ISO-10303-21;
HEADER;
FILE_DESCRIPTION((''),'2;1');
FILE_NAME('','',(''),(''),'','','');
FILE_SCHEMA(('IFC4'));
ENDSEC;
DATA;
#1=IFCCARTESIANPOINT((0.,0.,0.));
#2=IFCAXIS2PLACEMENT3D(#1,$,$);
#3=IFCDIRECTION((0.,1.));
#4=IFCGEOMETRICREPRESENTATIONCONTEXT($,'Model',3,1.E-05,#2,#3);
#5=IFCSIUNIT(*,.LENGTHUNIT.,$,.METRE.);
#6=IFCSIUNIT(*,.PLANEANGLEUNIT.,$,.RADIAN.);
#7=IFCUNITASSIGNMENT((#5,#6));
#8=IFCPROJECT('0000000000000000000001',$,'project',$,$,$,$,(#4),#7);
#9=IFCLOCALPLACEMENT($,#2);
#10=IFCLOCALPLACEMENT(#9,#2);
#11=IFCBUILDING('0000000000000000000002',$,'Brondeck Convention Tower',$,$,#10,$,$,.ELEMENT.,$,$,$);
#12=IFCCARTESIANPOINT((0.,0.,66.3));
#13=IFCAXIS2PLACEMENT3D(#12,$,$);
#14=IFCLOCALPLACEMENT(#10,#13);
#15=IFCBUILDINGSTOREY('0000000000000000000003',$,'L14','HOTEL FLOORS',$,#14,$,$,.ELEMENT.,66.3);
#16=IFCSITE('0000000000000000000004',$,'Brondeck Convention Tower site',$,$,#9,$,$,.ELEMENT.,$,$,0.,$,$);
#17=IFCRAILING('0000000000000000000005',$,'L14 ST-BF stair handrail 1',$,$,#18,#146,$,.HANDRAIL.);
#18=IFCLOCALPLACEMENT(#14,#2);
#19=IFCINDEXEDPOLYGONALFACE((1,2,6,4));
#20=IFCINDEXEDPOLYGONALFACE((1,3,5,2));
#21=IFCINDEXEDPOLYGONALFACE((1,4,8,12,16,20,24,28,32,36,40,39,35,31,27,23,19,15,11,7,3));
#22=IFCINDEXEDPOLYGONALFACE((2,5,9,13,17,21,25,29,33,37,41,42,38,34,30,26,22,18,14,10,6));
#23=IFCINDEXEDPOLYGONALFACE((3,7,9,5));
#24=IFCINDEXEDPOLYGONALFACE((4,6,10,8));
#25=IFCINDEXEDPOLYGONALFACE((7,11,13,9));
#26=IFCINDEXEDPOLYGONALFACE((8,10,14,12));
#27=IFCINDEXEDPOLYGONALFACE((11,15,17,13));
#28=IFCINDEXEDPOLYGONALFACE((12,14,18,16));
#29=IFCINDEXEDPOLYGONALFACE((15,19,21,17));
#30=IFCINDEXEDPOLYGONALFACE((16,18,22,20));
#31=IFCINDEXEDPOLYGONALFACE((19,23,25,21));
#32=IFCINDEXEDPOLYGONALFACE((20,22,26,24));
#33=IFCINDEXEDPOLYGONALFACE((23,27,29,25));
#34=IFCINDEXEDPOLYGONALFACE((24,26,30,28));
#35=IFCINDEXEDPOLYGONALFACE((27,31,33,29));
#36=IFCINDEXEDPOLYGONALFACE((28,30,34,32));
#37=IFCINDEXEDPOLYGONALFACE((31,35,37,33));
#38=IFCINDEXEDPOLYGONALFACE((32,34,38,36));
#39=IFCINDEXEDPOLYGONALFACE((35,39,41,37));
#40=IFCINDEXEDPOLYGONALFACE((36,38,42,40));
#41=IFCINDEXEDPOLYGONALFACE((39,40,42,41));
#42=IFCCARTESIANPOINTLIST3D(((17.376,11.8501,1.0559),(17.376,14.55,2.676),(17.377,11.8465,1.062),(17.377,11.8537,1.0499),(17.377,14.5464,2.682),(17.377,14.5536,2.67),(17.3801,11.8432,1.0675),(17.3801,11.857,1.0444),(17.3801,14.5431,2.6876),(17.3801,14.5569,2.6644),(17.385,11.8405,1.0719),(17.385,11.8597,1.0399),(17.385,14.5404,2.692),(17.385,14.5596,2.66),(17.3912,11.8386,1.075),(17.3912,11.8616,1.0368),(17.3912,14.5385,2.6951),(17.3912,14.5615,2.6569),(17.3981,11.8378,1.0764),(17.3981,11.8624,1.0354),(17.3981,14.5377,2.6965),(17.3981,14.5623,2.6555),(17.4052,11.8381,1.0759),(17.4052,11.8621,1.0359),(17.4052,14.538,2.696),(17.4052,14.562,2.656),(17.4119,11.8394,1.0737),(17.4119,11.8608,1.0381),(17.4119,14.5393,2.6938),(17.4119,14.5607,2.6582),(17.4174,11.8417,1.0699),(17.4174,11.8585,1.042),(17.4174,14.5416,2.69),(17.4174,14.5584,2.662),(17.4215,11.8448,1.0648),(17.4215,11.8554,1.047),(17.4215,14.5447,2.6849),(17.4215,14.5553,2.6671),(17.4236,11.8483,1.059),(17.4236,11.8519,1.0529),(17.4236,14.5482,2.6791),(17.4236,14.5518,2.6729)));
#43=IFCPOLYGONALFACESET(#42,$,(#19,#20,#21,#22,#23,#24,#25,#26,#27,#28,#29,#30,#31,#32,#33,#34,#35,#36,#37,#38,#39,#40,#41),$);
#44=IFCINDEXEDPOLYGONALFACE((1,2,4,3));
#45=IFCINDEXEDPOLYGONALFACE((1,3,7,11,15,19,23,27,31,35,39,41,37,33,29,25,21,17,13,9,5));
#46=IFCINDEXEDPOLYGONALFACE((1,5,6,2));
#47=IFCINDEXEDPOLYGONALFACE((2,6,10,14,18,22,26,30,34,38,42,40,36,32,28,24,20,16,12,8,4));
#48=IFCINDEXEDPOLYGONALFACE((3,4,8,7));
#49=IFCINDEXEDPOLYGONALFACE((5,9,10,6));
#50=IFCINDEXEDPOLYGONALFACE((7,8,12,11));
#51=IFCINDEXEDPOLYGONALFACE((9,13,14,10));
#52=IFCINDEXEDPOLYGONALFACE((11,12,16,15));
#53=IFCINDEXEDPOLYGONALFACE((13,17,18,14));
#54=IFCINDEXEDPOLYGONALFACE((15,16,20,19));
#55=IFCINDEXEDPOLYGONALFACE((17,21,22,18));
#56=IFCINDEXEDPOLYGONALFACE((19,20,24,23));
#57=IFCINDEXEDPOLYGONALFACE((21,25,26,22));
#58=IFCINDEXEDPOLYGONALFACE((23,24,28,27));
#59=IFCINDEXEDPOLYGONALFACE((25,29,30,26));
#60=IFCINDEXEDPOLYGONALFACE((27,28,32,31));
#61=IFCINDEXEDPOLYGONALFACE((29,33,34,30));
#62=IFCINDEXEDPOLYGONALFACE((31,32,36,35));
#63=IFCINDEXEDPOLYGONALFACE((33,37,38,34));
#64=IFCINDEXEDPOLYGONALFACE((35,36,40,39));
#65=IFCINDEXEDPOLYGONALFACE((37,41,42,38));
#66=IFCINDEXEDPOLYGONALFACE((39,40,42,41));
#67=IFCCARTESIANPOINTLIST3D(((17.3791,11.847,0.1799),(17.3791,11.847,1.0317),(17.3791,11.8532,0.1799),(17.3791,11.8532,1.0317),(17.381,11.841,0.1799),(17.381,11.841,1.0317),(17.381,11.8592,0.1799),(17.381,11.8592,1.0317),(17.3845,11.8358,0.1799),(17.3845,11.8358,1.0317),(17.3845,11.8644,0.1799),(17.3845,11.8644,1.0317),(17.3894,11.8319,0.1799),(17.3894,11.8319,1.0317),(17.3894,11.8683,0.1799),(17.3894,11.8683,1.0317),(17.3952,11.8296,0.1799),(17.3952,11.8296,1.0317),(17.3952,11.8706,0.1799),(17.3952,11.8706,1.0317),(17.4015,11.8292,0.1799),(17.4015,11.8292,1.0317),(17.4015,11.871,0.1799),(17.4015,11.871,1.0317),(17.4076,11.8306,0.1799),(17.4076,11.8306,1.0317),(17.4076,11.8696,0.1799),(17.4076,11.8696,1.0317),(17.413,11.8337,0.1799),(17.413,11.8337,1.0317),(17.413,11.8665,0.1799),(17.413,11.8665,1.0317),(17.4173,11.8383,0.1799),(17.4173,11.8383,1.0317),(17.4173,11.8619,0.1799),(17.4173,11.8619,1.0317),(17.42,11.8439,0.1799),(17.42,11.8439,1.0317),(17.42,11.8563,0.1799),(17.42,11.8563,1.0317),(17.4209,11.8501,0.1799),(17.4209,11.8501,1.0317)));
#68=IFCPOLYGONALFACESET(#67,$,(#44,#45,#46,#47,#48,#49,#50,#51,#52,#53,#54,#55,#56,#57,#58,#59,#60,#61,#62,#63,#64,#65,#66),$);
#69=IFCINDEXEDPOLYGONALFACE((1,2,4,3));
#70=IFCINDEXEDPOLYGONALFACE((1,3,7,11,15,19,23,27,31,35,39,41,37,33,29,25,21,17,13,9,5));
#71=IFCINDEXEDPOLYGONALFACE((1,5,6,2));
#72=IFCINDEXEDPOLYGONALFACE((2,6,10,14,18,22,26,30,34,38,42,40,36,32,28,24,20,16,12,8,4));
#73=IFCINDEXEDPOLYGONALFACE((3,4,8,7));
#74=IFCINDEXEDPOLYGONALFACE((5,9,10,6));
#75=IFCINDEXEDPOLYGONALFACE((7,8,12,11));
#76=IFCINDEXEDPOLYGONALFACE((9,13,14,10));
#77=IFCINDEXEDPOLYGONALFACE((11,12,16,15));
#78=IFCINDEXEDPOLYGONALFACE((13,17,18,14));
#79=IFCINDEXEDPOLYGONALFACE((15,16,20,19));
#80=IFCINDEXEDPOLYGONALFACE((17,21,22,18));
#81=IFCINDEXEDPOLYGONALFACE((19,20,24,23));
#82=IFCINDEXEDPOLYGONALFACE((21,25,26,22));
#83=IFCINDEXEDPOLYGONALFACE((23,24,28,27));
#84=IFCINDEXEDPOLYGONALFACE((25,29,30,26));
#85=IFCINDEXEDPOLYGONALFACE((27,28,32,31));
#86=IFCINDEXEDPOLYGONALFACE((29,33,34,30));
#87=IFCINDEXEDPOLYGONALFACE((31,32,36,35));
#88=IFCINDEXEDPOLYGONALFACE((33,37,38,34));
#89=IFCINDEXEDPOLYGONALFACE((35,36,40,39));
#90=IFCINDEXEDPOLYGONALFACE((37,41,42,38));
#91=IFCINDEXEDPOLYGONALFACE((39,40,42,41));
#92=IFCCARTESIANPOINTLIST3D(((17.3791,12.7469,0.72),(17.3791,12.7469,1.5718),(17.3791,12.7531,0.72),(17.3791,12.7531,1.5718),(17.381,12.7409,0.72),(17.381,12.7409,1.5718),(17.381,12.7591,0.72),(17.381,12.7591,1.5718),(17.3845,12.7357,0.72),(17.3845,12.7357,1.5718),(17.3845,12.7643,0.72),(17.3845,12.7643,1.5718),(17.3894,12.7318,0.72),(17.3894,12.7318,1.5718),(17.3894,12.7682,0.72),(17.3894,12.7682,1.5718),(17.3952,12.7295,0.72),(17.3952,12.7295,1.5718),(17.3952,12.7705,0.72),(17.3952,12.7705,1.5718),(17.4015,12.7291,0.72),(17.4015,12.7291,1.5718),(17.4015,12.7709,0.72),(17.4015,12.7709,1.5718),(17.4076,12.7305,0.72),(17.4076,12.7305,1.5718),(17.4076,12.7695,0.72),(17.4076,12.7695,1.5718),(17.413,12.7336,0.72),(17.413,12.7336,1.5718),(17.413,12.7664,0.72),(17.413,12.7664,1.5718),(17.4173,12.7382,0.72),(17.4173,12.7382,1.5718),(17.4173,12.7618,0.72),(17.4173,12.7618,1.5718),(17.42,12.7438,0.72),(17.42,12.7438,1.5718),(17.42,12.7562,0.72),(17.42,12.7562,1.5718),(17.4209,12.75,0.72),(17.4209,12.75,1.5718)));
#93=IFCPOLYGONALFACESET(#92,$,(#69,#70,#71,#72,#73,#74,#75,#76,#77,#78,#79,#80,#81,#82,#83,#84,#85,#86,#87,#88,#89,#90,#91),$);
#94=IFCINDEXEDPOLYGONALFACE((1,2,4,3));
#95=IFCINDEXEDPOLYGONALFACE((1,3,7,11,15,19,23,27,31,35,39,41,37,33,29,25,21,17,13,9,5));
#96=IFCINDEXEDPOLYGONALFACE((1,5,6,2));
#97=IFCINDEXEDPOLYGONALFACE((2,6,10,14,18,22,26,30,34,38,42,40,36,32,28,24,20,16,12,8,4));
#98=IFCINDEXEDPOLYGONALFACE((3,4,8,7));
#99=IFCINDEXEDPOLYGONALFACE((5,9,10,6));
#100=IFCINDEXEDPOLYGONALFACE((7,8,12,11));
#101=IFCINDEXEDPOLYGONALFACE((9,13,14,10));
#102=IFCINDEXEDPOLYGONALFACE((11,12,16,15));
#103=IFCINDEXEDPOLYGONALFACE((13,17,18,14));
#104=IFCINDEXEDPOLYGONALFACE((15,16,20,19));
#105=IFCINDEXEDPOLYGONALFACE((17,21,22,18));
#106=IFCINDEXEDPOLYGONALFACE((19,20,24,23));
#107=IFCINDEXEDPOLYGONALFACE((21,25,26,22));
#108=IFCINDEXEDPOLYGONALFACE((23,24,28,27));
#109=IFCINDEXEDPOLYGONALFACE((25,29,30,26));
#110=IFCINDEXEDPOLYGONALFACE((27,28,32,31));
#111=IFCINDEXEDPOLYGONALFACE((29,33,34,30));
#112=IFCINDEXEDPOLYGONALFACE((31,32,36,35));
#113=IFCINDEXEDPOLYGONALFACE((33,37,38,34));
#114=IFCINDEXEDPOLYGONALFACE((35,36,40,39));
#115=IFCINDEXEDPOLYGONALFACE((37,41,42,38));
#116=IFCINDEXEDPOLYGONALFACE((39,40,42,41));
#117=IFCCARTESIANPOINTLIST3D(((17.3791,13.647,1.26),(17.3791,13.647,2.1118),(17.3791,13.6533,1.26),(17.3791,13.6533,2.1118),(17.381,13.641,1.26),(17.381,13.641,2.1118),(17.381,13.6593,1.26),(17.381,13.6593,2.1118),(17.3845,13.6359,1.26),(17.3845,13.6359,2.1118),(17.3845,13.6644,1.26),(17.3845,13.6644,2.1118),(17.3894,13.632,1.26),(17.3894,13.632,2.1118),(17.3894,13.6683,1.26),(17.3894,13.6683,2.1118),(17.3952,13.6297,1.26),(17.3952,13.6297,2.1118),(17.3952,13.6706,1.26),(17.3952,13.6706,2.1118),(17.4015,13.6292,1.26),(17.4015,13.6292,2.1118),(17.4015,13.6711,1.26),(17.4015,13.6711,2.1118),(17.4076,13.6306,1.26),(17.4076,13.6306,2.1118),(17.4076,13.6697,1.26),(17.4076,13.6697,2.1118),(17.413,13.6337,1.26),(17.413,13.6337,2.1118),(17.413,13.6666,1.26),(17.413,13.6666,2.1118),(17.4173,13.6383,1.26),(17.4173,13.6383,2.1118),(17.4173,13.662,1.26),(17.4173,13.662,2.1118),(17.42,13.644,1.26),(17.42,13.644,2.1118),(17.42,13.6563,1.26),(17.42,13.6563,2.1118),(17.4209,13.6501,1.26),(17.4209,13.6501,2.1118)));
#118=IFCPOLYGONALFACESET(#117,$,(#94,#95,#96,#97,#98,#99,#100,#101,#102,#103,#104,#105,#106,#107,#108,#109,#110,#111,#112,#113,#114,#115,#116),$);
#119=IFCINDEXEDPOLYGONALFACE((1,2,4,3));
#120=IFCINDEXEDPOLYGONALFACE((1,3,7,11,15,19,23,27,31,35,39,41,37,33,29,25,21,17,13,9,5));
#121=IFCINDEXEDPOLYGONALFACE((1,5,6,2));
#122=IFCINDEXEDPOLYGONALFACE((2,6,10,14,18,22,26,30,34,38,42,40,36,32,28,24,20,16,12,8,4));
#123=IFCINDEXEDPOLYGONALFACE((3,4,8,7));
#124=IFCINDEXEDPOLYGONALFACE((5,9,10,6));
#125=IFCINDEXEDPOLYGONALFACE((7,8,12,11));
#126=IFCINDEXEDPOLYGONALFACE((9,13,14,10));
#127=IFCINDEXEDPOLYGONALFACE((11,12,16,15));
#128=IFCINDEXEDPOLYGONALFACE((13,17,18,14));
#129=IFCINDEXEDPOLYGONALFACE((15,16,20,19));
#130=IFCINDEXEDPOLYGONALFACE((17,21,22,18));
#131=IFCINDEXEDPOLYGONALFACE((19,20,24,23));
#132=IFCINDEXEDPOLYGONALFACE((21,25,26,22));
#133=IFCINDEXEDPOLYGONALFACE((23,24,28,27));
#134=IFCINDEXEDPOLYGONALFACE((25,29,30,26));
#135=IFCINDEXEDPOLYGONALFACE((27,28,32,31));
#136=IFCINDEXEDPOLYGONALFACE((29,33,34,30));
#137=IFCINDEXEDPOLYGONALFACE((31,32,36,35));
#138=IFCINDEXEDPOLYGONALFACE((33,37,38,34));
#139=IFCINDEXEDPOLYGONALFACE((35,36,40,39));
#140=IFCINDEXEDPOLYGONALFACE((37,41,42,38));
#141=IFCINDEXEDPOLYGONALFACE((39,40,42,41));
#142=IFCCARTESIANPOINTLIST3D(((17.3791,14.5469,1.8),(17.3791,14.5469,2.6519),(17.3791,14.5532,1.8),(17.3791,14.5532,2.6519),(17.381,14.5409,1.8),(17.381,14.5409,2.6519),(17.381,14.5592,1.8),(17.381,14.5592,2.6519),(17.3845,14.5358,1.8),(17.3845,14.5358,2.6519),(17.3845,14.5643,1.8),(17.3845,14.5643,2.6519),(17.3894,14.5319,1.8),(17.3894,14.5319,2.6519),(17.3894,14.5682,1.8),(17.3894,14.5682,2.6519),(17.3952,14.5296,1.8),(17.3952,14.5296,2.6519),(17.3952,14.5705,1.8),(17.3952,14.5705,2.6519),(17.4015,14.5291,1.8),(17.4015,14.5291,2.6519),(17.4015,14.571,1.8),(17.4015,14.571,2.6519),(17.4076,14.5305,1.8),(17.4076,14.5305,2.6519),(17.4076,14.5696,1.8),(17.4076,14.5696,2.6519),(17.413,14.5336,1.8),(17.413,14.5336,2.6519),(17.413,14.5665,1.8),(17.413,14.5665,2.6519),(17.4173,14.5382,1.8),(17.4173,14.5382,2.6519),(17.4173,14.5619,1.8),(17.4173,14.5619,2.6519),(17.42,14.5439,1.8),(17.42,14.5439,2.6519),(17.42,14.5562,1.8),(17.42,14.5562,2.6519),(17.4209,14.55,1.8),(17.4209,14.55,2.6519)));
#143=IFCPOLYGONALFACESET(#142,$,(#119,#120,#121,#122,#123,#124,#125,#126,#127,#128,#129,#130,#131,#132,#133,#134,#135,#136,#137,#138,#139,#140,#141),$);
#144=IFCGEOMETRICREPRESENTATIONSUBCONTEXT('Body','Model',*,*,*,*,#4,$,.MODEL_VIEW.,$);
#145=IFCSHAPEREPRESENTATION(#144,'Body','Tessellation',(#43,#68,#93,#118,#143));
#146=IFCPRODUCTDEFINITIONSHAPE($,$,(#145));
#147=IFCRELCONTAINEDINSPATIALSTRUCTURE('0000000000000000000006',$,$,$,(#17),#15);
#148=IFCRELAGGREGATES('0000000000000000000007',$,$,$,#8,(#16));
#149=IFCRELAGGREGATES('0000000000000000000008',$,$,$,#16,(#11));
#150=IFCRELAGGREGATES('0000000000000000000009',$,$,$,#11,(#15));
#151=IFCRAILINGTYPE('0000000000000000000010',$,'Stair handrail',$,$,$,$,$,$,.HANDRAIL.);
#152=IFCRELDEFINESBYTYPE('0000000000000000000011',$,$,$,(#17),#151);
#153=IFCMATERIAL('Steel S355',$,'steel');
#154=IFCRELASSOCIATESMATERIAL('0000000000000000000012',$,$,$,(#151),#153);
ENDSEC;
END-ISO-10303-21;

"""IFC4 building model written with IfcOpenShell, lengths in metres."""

from ifc_helpers import new_model, si_unit, direction, frame, origin, origin_2d, place, context, subcontext, project, spatial, circle, extrude, material, type_object, element, save


model = new_model("IFC4")

# Units and contexts
model_context = context("Model", 3, precision=1e-05, world=origin(), true_north=direction((0.0, 1.0)))
body_context = subcontext(model_context, "Body", "Model", "MODEL_VIEW")
ifc_project = project(units=[si_unit("LENGTHUNIT", "METRE"), si_unit("PLANEANGLEUNIT", "RADIAN")], contexts=[model_context])

# Site, building, storey
site_placement = place(None, origin())
site = spatial("IfcSite", under=ifc_project, at=site_placement, Name="Brondeck Convention Tower site", CompositionType="ELEMENT", RefElevation=0.0)
building_placement = place(site_placement, origin())
building = spatial("IfcBuilding", under=site, at=building_placement, Name="Brondeck Convention Tower", CompositionType="ELEMENT")
storey_placement = place(building_placement, frame((0.0, 0.0, 66.3)))
storey = spatial("IfcBuildingStorey", under=building, at=storey_placement, Name="L14", Description="HOTEL FLOORS", CompositionType="ELEMENT", Elevation=66.3)

# Shared definitions
ifc_material_1 = material(Name="Steel S355", Category="steel")

# Railing
railing_type_1 = type_object("IfcRailingType", Name="Stair handrail", PredefinedType="HANDRAIL", material=ifc_material_1)
railing_1_placement = place(storey_placement, frame((17.3999, 11.8501, 0.1799)))
element("IfcRailing", 1, at=railing_1_placement, inside=storey, type_object=railing_type_1, Name="L14 ST-BF stair handrail 1", PredefinedType="HANDRAIL", context=body_context, shape_type="SweptSolid", body=[
    extrude(circle(Radius=0.0239, at=origin_2d()), frame((0.0, 0.0, 0.876), z_axis=(0.0, 0.857472, 0.51453), x_axis=(-1.0, 0.0, 0.0)), (0.0, 0.0, 1.0), 3.1487),
    extrude(circle(Radius=0.021, at=origin_2d()), origin(), (0.0, 0.0, 1.0), 0.8518),
    extrude(circle(Radius=0.021, at=origin_2d()), frame((0.0, 0.8999, 0.54)), (0.0, 0.0, 1.0), 0.8518),
    extrude(circle(Radius=0.021, at=origin_2d()), frame((0.0, 1.8, 1.0801)), (0.0, 0.0, 1.0), 0.8518),
    extrude(circle(Radius=0.021, at=origin_2d()), frame((0.0, 2.7, 1.6201)), (0.0, 0.0, 1.0), 0.8518),
])

save(model, "model.ifc")
